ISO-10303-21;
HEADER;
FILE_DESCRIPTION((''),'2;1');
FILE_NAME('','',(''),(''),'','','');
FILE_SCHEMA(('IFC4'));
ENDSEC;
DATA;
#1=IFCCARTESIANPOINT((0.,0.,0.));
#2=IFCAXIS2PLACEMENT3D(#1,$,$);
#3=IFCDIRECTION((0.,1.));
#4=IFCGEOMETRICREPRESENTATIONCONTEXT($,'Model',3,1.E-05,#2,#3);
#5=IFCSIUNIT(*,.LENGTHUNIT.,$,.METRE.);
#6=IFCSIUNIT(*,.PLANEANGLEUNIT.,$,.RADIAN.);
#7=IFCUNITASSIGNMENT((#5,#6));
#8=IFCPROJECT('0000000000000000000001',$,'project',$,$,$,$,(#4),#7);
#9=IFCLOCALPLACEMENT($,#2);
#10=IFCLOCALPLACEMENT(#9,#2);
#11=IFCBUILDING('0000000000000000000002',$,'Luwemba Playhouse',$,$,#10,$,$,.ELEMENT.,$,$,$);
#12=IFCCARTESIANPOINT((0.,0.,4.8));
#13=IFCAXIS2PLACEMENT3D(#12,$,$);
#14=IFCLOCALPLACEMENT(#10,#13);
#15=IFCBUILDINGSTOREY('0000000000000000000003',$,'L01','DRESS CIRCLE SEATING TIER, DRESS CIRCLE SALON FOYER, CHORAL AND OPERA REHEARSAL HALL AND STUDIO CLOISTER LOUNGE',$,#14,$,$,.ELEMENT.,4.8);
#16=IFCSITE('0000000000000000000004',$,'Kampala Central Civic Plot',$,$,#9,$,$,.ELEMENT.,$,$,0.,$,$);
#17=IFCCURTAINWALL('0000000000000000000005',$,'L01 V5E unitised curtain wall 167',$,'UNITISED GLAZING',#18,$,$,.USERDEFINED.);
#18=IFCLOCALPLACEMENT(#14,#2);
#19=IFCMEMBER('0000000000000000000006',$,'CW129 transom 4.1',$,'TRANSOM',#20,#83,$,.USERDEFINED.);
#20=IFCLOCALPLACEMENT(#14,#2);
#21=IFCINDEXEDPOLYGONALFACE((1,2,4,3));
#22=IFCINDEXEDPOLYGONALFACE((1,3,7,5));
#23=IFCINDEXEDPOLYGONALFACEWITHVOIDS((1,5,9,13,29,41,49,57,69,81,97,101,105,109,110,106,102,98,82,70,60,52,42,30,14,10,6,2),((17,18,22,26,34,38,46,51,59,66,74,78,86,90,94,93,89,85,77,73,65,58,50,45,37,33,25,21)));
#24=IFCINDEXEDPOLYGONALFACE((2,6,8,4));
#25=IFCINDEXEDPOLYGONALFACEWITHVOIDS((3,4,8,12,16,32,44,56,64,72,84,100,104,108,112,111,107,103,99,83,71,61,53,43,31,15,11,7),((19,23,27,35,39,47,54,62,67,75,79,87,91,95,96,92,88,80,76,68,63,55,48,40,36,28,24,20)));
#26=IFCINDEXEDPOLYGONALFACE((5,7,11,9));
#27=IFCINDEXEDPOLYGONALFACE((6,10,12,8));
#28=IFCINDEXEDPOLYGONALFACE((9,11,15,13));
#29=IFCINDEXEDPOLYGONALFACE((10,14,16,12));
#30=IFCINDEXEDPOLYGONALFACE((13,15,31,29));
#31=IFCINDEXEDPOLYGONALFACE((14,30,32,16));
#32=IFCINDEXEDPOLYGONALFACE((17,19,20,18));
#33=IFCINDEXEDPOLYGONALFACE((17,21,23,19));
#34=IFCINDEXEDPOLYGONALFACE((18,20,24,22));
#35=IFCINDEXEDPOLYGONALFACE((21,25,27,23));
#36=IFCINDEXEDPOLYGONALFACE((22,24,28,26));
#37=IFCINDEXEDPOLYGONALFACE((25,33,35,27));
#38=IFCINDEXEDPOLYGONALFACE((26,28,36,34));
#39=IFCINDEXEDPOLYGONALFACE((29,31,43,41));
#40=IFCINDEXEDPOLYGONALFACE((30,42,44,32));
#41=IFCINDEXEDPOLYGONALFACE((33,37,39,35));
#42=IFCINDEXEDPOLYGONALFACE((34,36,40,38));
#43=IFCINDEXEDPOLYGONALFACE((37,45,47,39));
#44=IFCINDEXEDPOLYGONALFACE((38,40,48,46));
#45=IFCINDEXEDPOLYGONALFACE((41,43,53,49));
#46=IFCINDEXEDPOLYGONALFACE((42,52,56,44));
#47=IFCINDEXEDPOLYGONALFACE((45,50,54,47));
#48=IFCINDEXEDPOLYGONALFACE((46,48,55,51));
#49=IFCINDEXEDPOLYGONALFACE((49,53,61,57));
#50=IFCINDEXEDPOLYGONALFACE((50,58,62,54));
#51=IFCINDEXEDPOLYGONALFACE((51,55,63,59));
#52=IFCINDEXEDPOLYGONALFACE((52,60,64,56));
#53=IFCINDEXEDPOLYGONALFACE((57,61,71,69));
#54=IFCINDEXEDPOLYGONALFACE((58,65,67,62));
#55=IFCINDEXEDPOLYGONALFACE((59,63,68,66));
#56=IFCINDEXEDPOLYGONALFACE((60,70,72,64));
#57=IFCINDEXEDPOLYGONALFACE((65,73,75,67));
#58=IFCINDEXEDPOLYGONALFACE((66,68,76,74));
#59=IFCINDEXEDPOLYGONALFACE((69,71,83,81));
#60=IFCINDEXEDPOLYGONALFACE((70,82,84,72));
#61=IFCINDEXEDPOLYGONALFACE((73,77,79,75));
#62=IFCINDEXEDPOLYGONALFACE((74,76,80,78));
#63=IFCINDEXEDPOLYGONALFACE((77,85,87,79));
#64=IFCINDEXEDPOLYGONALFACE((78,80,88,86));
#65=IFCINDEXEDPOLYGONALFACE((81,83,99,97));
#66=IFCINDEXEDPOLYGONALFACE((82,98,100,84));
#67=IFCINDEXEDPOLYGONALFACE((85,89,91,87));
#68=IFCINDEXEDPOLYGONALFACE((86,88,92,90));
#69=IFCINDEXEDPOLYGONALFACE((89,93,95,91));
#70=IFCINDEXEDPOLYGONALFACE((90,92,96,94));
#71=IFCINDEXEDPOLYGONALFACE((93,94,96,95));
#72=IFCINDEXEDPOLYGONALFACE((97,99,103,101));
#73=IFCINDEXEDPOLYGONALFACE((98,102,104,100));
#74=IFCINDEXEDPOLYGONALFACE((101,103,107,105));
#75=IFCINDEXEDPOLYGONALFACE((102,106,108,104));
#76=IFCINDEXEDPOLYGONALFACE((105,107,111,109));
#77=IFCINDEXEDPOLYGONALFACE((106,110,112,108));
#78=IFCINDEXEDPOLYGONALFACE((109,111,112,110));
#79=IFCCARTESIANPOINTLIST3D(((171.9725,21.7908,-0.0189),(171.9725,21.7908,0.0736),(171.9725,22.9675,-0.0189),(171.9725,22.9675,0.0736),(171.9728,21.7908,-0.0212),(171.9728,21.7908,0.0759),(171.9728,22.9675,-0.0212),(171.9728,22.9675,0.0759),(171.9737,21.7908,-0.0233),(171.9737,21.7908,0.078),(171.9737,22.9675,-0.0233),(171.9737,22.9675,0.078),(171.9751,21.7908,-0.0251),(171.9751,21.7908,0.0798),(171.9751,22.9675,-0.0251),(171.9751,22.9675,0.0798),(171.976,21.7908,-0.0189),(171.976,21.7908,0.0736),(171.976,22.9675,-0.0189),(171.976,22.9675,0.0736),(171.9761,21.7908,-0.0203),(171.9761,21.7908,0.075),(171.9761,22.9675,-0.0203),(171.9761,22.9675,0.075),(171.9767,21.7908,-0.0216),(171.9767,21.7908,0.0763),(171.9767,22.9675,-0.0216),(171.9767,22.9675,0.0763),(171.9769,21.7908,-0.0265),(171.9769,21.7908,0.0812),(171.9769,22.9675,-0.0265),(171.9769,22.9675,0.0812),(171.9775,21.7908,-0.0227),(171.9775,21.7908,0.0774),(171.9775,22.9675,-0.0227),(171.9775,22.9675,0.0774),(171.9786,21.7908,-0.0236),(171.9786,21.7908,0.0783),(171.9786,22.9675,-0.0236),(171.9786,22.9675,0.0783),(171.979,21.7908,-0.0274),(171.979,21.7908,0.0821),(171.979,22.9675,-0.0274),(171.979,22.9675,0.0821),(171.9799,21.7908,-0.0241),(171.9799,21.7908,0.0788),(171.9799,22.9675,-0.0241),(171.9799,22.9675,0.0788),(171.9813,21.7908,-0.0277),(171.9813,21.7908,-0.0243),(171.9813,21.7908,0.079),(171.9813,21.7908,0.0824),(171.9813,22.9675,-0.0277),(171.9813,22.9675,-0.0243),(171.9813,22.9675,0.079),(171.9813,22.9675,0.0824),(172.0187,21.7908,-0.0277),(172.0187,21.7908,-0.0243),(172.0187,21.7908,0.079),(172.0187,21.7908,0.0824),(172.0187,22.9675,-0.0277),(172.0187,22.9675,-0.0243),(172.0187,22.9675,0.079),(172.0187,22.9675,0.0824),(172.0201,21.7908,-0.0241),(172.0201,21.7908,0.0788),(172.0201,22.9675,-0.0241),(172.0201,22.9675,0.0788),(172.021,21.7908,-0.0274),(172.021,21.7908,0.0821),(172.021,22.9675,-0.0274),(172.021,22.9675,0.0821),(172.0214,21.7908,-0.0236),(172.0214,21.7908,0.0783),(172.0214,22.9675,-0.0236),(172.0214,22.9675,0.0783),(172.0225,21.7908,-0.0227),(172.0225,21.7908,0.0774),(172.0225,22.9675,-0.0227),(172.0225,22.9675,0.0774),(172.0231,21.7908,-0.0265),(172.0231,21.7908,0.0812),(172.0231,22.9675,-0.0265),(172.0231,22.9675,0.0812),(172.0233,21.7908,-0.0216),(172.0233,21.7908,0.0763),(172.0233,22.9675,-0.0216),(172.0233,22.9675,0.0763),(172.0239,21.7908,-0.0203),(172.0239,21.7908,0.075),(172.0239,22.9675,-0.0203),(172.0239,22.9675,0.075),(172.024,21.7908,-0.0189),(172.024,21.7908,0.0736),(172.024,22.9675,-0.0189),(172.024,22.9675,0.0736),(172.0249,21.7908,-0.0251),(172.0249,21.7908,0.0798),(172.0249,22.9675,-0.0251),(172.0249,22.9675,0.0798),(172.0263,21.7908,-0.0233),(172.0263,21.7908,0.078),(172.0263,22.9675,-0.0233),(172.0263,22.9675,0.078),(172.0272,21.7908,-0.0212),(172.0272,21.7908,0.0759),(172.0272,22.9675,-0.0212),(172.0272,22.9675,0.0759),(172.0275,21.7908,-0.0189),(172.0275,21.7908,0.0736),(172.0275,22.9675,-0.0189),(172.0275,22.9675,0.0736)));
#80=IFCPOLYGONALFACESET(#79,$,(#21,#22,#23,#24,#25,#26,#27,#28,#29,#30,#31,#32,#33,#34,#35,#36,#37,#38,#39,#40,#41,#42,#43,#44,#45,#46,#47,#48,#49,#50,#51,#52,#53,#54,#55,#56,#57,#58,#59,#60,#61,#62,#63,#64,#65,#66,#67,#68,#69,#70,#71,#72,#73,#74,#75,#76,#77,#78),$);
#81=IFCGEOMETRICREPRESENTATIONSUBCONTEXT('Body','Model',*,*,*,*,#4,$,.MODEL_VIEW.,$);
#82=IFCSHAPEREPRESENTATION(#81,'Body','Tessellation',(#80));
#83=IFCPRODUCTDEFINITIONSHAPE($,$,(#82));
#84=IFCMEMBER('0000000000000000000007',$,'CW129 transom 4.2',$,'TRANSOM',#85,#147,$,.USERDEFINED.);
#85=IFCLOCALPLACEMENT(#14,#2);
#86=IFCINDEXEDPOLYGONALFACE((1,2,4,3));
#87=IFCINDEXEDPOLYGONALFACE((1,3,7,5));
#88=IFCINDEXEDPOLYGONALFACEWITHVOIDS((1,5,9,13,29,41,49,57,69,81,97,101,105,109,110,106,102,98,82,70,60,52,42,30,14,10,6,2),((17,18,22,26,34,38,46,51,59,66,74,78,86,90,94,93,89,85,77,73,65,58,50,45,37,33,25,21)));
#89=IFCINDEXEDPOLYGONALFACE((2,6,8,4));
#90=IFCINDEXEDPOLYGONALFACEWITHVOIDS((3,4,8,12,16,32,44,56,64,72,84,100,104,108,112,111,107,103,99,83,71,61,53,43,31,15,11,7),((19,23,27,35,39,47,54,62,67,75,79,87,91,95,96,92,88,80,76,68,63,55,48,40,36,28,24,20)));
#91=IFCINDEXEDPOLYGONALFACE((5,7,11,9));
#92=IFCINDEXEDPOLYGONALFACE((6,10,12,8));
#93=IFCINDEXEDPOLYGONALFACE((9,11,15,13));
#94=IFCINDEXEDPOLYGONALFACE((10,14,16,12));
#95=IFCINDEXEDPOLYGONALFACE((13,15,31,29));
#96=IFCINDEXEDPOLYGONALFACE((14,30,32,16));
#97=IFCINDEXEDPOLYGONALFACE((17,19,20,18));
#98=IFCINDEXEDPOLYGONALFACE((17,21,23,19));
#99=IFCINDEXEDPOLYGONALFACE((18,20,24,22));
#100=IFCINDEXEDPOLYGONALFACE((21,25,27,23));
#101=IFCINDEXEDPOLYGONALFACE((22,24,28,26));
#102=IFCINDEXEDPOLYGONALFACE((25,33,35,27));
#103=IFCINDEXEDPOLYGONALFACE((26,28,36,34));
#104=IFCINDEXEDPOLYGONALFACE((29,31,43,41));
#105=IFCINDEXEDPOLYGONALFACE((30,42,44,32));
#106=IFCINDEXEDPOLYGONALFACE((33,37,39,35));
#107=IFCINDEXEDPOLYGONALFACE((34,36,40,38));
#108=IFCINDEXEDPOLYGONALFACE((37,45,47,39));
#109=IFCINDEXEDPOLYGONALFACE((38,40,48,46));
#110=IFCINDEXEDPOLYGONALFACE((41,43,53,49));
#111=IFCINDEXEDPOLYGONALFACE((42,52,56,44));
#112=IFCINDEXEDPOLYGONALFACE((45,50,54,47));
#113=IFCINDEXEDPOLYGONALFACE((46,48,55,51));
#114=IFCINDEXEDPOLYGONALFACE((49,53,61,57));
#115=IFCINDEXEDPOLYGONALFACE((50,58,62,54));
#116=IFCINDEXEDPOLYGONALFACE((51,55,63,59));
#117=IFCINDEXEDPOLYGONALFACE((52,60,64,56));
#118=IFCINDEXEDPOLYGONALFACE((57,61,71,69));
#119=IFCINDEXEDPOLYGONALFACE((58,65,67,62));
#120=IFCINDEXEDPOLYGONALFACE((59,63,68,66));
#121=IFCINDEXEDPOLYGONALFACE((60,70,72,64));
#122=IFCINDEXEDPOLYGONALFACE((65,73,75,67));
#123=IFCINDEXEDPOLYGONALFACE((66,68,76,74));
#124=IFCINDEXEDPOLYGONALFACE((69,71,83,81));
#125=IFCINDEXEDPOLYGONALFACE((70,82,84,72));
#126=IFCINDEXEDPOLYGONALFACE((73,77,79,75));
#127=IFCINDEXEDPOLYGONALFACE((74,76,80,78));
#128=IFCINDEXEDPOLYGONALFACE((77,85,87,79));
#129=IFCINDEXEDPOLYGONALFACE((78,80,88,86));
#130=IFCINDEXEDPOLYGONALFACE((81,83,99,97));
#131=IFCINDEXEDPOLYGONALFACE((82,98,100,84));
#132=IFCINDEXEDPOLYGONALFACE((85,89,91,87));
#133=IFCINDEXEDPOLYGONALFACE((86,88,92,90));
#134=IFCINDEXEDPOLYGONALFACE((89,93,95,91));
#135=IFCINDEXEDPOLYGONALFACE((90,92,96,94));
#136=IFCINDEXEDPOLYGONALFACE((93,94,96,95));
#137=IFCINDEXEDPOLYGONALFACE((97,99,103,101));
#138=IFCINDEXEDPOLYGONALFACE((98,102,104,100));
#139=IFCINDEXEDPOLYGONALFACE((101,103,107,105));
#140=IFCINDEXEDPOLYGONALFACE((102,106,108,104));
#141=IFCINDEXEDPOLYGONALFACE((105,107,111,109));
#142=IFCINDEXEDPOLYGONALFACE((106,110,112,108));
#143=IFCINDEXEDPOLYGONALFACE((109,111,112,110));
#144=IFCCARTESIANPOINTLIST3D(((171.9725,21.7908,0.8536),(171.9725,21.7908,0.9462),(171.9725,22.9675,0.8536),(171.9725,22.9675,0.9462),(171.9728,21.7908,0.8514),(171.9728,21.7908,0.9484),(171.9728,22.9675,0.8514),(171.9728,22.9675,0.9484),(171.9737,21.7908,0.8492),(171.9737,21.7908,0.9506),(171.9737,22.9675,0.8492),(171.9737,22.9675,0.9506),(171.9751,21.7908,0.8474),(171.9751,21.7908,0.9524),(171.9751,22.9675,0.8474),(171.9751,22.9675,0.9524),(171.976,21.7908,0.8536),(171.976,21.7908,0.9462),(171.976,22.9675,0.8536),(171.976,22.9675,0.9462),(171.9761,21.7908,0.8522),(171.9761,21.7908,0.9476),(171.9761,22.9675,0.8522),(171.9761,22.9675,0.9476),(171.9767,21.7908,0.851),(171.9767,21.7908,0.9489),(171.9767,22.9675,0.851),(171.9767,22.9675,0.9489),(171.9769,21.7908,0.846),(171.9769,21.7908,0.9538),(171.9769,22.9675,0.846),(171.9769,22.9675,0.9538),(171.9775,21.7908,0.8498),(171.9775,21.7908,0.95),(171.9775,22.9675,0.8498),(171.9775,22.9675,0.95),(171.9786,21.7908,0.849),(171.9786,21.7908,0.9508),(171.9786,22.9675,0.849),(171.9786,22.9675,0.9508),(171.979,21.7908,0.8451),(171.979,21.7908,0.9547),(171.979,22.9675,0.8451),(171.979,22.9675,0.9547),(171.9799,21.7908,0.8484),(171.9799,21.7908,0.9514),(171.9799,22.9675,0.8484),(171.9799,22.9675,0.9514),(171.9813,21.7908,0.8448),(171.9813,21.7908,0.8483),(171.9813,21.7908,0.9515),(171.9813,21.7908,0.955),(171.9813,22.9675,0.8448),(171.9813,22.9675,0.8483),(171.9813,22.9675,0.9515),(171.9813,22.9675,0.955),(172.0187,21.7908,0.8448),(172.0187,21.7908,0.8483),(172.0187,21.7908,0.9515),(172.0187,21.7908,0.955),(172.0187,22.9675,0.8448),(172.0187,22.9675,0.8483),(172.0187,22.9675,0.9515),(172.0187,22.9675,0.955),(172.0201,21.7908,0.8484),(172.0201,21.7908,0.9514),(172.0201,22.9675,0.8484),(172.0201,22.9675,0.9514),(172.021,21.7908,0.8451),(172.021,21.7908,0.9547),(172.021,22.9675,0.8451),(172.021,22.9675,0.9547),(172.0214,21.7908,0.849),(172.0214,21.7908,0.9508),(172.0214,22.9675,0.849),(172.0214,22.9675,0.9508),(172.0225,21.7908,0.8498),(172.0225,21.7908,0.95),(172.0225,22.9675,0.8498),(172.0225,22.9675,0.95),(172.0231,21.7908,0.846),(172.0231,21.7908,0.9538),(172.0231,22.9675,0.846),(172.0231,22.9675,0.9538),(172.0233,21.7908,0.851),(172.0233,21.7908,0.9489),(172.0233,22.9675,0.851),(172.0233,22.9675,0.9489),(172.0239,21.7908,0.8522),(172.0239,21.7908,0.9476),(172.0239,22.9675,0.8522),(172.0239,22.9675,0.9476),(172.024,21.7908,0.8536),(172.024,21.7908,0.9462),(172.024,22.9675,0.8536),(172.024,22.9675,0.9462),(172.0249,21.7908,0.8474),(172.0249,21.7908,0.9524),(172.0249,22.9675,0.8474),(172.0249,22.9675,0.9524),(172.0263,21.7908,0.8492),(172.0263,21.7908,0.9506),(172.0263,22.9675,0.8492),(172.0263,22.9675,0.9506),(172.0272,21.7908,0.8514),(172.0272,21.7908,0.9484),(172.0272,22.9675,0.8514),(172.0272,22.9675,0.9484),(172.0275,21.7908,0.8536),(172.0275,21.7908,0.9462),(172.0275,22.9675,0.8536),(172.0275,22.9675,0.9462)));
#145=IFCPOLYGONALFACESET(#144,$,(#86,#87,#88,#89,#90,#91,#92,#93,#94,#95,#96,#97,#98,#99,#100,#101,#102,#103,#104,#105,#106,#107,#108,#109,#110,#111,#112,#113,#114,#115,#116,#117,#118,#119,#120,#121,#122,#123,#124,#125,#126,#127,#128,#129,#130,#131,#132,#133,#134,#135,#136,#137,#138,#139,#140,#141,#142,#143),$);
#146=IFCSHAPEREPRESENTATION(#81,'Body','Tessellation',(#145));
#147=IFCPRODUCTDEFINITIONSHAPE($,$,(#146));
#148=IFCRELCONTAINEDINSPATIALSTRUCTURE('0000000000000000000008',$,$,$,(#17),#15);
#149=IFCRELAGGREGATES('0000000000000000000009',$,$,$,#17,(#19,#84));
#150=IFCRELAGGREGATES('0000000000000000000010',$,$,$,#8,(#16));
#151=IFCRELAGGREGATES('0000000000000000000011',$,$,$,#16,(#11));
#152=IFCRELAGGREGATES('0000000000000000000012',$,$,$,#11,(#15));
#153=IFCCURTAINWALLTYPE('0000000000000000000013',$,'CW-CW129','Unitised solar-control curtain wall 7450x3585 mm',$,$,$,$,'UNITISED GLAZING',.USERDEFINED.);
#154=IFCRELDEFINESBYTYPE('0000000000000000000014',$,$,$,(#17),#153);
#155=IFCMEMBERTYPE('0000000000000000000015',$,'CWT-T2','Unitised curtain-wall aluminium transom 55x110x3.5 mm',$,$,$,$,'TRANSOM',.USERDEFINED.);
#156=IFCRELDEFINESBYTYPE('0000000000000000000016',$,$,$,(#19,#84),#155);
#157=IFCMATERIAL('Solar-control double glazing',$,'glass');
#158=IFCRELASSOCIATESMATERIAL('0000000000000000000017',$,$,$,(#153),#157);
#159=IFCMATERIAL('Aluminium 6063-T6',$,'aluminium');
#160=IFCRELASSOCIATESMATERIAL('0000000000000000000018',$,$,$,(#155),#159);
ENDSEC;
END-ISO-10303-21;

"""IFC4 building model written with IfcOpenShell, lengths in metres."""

from ifc_helpers import new_model, si_unit, direction, frame, origin, origin_2d, place, context, subcontext, project, spatial, hollow_rectangle, extrude, material, material_profile, profile_set, type_object, element, aggregate, save


model = new_model("IFC4")

# Units and contexts
model_context = context("Model", 3, precision=1e-05, world=origin(), true_north=direction((0.0, 1.0)))
body_context = subcontext(model_context, "Body", "Model", "MODEL_VIEW")
ifc_project = project(units=[si_unit("LENGTHUNIT", "METRE"), si_unit("PLANEANGLEUNIT", "RADIAN")], contexts=[model_context])

# Site, building, storey
site_placement = place(None, origin())
site = spatial("IfcSite", under=ifc_project, at=site_placement, Name="Kampala Central Civic Plot", CompositionType="ELEMENT", RefElevation=0.0)
building_placement = place(site_placement, origin())
building = spatial("IfcBuilding", under=site, at=building_placement, Name="Luwemba Playhouse", CompositionType="ELEMENT")
storey_placement = place(building_placement, frame((0.0, 0.0, 4.8)))
storey = spatial("IfcBuildingStorey", under=building, at=storey_placement, Name="L01", Description="DRESS CIRCLE SEATING TIER, DRESS CIRCLE SALON FOYER, CHORAL AND OPERA REHEARSAL HALL AND STUDIO CLOISTER LOUNGE", CompositionType="ELEMENT", Elevation=4.8)

# Curtain wall, members
ifc_material_1 = material(Name="Solar-control double glazing", Category="glass")
curtain_wall_type = type_object("IfcCurtainWallType", Name="CW-CW129", Description="Unitised solar-control curtain wall 7450x3585 mm", ElementType="UNITISED GLAZING", PredefinedType="USERDEFINED", material=ifc_material_1)
curtain_wall_placement = place(storey_placement, origin())
curtain_wall = element("IfcCurtainWall", 1, at=curtain_wall_placement, inside=storey, type_object=curtain_wall_type, Name="L01 V5E unitised curtain wall 167", ObjectType="UNITISED GLAZING", PredefinedType="USERDEFINED")
ifc_material_2 = material(Name="Aluminium 6063-T6", Category="aluminium")
ifc_material_profile_1 = material_profile(ifc_material_2, hollow_rectangle(XDim=0.0549, YDim=0.1101, WallThickness=0.0034, InnerFilletRadius=0.0054, OuterFilletRadius=0.0088, at=origin_2d()))
ifc_profile_set_1 = profile_set([ifc_material_profile_1], Name="Aluminium 6063-T6")
member_type_1 = type_object("IfcMemberType", Name="CWT-T2", Description="Unitised curtain-wall aluminium transom 55x110x3.5 mm", ElementType="TRANSOM", PredefinedType="USERDEFINED", material=ifc_profile_set_1)
member_1_placement = place(storey_placement, frame((172.0, 22.9675, 0.0273), z_axis=(0.0, -1.0, 0.0), x_axis=(1.0, 0.0, 0.0)))
member_1 = element("IfcMember", 2, at=member_1_placement, type_object=member_type_1, Name="CW129 transom 4.1", ObjectType="TRANSOM", PredefinedType="USERDEFINED", context=body_context, shape_type="SweptSolid", body=[
    extrude(hollow_rectangle(XDim=0.0549, YDim=0.1101, WallThickness=0.0034, InnerFilletRadius=0.0054, OuterFilletRadius=0.0088, at=origin_2d()), origin(), (0.0, 0.0, 1.0), 1.1768),
])
member_2_placement = place(storey_placement, frame((172.0, 22.9675, 0.8999), z_axis=(0.0, -1.0, 0.0), x_axis=(1.0, 0.0, 0.0)))
member_2 = element("IfcMember", 3, at=member_2_placement, type_object=member_type_1, Name="CW129 transom 4.2", ObjectType="TRANSOM", PredefinedType="USERDEFINED", context=body_context, shape_type="SweptSolid", body=[
    extrude(hollow_rectangle(XDim=0.0549, YDim=0.1101, WallThickness=0.0034, InnerFilletRadius=0.0054, OuterFilletRadius=0.0088, at=origin_2d()), origin(), (0.0, 0.0, 1.0), 1.1768),
])

aggregate(curtain_wall, [member_1, member_2])

save(model, "model.ifc")
